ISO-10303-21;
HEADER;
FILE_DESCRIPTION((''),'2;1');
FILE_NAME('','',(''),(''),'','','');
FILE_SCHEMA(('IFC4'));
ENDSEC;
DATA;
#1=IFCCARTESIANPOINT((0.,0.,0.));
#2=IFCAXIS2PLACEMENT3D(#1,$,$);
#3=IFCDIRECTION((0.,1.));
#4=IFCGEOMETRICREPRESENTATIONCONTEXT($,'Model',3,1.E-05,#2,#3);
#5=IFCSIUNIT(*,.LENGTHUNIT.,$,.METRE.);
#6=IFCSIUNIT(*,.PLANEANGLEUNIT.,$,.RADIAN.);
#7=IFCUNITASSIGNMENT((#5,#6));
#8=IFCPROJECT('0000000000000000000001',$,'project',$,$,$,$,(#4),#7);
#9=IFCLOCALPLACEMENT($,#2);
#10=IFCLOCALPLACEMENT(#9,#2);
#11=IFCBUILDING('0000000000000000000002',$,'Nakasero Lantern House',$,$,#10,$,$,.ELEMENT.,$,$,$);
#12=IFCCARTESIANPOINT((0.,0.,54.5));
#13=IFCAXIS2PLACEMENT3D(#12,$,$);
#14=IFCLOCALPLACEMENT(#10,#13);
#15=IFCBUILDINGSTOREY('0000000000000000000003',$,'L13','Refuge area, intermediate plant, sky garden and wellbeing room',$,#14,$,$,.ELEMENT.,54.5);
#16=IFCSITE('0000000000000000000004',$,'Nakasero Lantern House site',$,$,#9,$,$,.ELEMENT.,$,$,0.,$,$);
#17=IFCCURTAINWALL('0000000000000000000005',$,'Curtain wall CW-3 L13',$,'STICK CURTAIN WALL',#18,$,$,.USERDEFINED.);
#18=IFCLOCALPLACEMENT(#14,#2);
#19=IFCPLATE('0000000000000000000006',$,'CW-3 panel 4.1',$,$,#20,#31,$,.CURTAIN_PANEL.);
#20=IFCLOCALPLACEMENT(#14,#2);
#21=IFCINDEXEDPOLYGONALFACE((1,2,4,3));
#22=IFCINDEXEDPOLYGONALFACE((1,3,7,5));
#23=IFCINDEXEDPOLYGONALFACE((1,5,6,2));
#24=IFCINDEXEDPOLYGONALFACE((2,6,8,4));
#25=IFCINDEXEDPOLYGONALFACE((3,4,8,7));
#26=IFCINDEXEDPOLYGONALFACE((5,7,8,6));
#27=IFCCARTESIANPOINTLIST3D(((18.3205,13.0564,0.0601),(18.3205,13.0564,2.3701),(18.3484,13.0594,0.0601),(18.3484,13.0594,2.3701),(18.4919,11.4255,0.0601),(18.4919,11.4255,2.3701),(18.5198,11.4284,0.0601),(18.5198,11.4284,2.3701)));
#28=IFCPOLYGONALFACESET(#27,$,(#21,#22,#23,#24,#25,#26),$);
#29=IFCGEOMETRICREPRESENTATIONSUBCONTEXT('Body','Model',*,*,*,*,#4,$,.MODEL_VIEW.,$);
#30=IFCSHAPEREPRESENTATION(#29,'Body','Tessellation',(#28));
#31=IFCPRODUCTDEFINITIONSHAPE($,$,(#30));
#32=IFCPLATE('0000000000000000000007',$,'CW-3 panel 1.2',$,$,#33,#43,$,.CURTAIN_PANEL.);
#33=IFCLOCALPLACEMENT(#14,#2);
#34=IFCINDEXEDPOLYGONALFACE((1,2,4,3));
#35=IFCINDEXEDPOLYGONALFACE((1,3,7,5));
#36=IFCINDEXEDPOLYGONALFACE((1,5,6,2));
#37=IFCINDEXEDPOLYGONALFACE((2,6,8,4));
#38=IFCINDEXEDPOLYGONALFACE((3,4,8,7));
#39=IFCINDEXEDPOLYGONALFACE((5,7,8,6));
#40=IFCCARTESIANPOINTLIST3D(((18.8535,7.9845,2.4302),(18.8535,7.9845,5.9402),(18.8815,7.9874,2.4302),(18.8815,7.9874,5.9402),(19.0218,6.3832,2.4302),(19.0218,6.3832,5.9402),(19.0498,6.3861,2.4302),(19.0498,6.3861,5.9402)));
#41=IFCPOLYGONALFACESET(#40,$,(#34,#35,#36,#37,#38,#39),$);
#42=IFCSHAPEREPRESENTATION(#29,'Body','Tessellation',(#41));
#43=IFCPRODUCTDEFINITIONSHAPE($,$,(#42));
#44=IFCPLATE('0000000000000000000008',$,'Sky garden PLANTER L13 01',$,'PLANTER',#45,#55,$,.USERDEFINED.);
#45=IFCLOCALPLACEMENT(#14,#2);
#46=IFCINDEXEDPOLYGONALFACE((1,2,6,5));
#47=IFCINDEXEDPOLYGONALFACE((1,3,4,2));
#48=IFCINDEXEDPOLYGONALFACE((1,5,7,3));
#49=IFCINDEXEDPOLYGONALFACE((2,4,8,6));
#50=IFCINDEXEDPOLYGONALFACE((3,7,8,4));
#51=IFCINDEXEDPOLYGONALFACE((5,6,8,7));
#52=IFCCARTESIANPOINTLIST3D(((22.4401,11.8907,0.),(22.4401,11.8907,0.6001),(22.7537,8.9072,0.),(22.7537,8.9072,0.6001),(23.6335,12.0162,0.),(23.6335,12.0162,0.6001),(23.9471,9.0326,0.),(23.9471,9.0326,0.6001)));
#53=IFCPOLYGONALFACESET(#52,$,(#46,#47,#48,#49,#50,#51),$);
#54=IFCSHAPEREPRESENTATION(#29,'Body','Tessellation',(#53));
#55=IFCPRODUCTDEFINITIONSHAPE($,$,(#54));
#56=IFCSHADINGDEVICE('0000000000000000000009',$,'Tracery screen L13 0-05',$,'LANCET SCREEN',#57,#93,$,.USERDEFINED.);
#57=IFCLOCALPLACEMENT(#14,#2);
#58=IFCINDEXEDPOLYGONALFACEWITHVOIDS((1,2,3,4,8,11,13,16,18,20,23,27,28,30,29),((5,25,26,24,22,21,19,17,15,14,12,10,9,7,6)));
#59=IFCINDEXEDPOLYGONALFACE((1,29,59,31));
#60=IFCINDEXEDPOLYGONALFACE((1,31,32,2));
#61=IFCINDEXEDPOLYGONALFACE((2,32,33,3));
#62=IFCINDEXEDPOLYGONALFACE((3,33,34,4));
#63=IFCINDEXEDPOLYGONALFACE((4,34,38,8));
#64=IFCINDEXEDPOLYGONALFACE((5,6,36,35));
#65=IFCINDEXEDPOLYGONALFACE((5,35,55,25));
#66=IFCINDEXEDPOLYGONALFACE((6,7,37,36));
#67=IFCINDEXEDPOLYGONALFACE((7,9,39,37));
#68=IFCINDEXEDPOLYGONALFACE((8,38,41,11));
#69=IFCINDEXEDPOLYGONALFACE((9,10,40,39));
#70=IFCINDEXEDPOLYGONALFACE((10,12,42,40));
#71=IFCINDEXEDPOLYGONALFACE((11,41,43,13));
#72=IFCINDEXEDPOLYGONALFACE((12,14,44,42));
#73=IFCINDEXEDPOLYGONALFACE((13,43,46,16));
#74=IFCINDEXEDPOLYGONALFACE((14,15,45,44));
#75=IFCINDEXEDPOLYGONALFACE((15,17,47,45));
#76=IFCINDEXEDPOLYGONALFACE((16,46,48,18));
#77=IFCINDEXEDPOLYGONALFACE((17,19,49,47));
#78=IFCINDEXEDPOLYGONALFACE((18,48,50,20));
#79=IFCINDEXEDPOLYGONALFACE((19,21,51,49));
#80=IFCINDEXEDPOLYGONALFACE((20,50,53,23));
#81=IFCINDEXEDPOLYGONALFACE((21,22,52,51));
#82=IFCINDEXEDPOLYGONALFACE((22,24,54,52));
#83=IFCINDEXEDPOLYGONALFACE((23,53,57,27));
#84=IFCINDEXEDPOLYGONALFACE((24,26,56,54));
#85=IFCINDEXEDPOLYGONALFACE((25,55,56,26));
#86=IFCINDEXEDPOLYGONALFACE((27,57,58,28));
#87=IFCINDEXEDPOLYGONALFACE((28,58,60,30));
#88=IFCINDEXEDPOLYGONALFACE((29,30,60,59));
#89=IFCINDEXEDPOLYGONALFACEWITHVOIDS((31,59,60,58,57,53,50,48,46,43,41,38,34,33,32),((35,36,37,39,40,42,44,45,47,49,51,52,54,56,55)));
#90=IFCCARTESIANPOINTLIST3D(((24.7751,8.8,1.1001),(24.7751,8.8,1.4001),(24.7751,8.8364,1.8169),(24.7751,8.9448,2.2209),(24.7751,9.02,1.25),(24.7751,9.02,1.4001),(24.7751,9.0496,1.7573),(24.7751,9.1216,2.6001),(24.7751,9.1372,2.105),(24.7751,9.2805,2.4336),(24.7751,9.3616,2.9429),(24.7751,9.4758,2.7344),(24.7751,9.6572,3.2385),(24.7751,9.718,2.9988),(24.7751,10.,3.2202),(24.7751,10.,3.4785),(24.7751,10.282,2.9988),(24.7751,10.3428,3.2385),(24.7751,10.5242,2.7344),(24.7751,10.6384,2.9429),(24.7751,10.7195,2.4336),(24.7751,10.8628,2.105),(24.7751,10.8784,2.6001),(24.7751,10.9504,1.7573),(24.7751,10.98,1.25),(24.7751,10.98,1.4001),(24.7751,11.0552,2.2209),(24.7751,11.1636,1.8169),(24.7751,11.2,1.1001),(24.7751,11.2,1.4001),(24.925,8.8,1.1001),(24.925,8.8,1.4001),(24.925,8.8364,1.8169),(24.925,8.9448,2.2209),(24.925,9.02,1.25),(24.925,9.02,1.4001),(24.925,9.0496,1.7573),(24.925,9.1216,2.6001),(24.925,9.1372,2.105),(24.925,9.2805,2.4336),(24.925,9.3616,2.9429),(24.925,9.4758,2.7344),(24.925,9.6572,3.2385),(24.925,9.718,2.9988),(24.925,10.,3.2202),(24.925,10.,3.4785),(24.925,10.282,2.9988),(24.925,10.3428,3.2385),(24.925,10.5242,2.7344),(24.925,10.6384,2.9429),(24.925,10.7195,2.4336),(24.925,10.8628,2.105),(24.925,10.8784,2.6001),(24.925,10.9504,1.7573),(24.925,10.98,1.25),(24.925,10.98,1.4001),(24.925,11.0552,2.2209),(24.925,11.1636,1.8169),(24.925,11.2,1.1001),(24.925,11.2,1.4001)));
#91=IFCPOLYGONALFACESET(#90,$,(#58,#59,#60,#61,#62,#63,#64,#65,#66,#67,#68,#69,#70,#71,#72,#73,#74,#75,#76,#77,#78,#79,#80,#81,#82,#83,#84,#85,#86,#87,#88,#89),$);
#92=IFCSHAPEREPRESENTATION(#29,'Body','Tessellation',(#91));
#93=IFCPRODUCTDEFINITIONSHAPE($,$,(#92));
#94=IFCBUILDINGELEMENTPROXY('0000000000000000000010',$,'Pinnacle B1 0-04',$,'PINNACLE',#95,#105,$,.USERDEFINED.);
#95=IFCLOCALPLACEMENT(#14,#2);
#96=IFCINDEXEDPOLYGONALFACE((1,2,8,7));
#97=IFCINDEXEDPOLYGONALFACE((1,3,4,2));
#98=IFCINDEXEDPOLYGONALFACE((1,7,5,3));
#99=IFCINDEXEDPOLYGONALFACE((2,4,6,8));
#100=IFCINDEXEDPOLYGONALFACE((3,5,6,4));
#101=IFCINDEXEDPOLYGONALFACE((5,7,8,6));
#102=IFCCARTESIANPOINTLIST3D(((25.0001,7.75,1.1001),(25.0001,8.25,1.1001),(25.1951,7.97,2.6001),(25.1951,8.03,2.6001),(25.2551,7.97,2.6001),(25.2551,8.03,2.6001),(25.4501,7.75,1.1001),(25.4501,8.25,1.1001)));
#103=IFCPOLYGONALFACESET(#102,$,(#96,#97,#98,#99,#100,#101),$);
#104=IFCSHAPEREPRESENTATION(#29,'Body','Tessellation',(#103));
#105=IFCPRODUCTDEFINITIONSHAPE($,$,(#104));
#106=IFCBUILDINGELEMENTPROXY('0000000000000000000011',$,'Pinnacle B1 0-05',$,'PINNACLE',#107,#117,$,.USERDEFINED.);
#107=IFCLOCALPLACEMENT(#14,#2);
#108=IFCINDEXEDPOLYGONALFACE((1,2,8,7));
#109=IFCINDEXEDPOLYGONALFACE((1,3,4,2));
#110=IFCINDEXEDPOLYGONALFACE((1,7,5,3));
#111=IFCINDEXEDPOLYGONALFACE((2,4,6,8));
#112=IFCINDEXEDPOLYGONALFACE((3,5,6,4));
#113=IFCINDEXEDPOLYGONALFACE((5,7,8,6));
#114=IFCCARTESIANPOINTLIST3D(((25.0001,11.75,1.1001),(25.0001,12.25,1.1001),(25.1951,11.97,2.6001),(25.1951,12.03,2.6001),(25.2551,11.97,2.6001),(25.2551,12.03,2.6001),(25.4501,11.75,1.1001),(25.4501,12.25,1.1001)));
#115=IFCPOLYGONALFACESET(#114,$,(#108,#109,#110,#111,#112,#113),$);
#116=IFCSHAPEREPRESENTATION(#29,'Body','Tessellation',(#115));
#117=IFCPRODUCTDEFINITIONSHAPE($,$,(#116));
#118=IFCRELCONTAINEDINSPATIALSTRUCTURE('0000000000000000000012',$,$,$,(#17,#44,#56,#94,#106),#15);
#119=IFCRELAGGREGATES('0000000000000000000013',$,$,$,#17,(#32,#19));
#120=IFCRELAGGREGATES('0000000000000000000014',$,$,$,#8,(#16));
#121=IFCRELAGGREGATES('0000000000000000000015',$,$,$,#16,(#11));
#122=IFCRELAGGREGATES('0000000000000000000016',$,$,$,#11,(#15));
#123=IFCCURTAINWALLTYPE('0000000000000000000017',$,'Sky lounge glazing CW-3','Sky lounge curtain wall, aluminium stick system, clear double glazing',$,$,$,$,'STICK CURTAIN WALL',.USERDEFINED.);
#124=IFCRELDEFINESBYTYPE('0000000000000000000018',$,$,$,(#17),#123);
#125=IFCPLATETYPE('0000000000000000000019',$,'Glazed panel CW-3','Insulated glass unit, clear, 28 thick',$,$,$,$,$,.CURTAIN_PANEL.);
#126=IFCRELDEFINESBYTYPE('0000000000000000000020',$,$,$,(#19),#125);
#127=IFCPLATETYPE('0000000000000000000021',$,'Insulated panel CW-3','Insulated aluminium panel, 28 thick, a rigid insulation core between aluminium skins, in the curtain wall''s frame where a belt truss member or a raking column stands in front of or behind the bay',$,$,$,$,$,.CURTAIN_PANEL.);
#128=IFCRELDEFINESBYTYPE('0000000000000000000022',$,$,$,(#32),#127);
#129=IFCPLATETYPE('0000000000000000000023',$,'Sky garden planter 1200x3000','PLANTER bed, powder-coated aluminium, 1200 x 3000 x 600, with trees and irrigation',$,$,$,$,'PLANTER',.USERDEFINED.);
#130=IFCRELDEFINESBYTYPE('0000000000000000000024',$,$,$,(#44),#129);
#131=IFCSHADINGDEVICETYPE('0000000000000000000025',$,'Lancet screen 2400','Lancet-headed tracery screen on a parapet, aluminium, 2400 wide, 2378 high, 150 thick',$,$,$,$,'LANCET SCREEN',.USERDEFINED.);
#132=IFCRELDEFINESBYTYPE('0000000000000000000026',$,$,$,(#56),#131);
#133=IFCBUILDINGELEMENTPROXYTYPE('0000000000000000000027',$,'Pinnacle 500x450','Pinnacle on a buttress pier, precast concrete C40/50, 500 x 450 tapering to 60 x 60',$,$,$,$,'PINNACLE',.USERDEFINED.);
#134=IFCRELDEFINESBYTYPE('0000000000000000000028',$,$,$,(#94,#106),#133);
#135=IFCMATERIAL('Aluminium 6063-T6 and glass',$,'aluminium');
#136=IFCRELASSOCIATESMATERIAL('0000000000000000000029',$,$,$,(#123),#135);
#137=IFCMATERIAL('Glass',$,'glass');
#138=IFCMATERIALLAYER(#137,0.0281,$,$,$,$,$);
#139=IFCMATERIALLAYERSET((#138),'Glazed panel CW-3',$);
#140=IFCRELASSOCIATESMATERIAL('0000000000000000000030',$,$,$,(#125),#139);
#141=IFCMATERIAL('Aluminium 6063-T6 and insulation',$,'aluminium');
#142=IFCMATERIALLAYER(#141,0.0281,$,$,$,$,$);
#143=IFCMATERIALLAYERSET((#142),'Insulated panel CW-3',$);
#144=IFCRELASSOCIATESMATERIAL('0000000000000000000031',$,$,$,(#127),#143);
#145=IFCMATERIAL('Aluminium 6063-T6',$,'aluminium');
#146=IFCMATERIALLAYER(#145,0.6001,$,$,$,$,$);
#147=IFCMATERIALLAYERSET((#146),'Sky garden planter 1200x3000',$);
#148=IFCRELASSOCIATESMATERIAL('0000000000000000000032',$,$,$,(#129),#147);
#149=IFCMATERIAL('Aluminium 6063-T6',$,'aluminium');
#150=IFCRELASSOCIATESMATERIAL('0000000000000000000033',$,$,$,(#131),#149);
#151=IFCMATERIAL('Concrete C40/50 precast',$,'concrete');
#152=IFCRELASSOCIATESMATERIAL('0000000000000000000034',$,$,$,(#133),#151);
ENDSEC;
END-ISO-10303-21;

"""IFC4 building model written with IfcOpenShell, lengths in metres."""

from ifc_helpers import new_model, entity, si_unit, direction, frame, origin, origin_2d, place, context, subcontext, project, spatial, polyline, rectangle, outline, extrude, material, layer, layer_set, type_object, element, aggregate, save


model = new_model("IFC4")

# Units and contexts
model_context = context("Model", 3, precision=1e-05, world=origin(), true_north=direction((0.0, 1.0)))
body_context = subcontext(model_context, "Body", "Model", "MODEL_VIEW")
ifc_project = project(units=[si_unit("LENGTHUNIT", "METRE"), si_unit("PLANEANGLEUNIT", "RADIAN")], contexts=[model_context])

# Site, building, storey
site_placement = place(None, origin())
site = spatial("IfcSite", under=ifc_project, at=site_placement, Name="Nakasero Lantern House site", CompositionType="ELEMENT", RefElevation=0.0)
building_placement = place(site_placement, origin())
building = spatial("IfcBuilding", under=site, at=building_placement, Name="Nakasero Lantern House", CompositionType="ELEMENT")
storey_placement = place(building_placement, frame((0.0, 0.0, 54.5)))
storey = spatial("IfcBuildingStorey", under=building, at=storey_placement, Name="L13", Description="Refuge area, intermediate plant, sky garden and wellbeing room", CompositionType="ELEMENT", Elevation=54.5)

# Curtain wall
ifc_material_1 = material(Name="Aluminium 6063-T6 and glass", Category="aluminium")
curtain_wall_type = type_object("IfcCurtainWallType", Name="Sky lounge glazing CW-3", Description="Sky lounge curtain wall, aluminium stick system, clear double glazing", ElementType="STICK CURTAIN WALL", PredefinedType="USERDEFINED", material=ifc_material_1)
curtain_wall_placement = place(storey_placement, origin())
curtain_wall = element("IfcCurtainWall", 1, at=curtain_wall_placement, inside=storey, type_object=curtain_wall_type, Name="Curtain wall CW-3 L13", ObjectType="STICK CURTAIN WALL", PredefinedType="USERDEFINED")

# Plates
ifc_material_2 = material(Name="Glass", Category="glass")
ifc_layer_1 = layer(ifc_material_2, 0.0281)
ifc_layer_set_1 = layer_set([ifc_layer_1], Name="Glazed panel CW-3")
plate_type_1 = type_object("IfcPlateType", Name="Glazed panel CW-3", Description="Insulated glass unit, clear, 28 thick", PredefinedType="CURTAIN_PANEL", material=ifc_layer_set_1)
plate_1_placement = place(storey_placement, frame((18.4202, 12.2424, 0.0601), z_axis=(0.0, 0.0, 1.0), x_axis=(-0.104528, 0.994522, 0.0)))
plate_1 = element("IfcPlate", 2, at=plate_1_placement, type_object=plate_type_1, Name="CW-3 panel 4.1", PredefinedType="CURTAIN_PANEL", context=body_context, shape_type="SweptSolid", body=[
    extrude(rectangle(XDim=1.6399, YDim=0.0281, at=origin_2d()), origin(), (0.0, 0.0, 1.0), 2.3101),
])
ifc_material_3 = material(Name="Aluminium 6063-T6 and insulation", Category="aluminium")
ifc_layer_2 = layer(ifc_material_3, 0.0281)
ifc_layer_set_2 = layer_set([ifc_layer_2], Name="Insulated panel CW-3")
plate_type_2 = type_object("IfcPlateType", Name="Insulated panel CW-3", Description="Insulated aluminium panel, 28 thick, a rigid insulation core between aluminium skins, in the curtain wall's frame where a belt truss member or a raking column stands in front of or behind the bay", PredefinedType="CURTAIN_PANEL", material=ifc_layer_set_2)
plate_2_placement = place(storey_placement, frame((18.9517, 7.1853, 2.4302), z_axis=(0.0, 0.0, 1.0), x_axis=(-0.104528, 0.994522, 0.0)))
plate_2 = element("IfcPlate", 3, at=plate_2_placement, type_object=plate_type_2, Name="CW-3 panel 1.2", PredefinedType="CURTAIN_PANEL", context=body_context, shape_type="SweptSolid", body=[
    extrude(rectangle(XDim=1.6101, YDim=0.0281, at=origin_2d()), origin(), (0.0, 0.0, 1.0), 3.51),
])
aggregate(curtain_wall, [plate_2, plate_1])
ifc_material_4 = material(Name="Aluminium 6063-T6", Category="aluminium")
ifc_layer_3 = layer(ifc_material_4, 0.6001)
ifc_layer_set_3 = layer_set([ifc_layer_3], Name="Sky garden planter 1200x3000")
plate_type_3 = type_object("IfcPlateType", Name="Sky garden planter 1200x3000", Description="PLANTER bed, powder-coated aluminium, 1200 x 3000 x 600, with trees and irrigation", ElementType="PLANTER", PredefinedType="USERDEFINED", material=ifc_layer_set_3)
plate_3_placement = place(storey_placement, frame((23.1936, 10.4617, 0.0), z_axis=(0.0, 0.0, 1.0), x_axis=(0.994522, 0.104528, 0.0)))
element("IfcPlate", 4, at=plate_3_placement, inside=storey, type_object=plate_type_3, Name="Sky garden PLANTER L13 01", ObjectType="PLANTER", PredefinedType="USERDEFINED", context=body_context, shape_type="SweptSolid", body=[
    extrude(rectangle(XDim=1.2, YDim=3.0, at=origin_2d()), origin(), (0.0, 0.0, 1.0), 0.6001),
])

# Shading device
ifc_material_5 = material(Name="Aluminium 6063-T6", Category="aluminium")
shading_device_type = type_object("IfcShadingDeviceType", Name="Lancet screen 2400", Description="Lancet-headed tracery screen on a parapet, aluminium, 2400 wide, 2378 high, 150 thick", ElementType="LANCET SCREEN", PredefinedType="USERDEFINED", material=ifc_material_5)
shading_device_placement = place(storey_placement, frame((24.8501, 10.0, 1.1001), z_axis=(0.0, 0.0, 1.0), x_axis=(0.0, 1.0, 0.0)))
element("IfcShadingDevice", 5, at=shading_device_placement, inside=storey, type_object=shading_device_type, Name="Tracery screen L13 0-05", ObjectType="LANCET SCREEN", PredefinedType="USERDEFINED", context=body_context, shape_type="SweptSolid", body=[
    extrude(outline(polyline([(-1.2, 0.0), (1.2, 0.0), (1.2, 0.3), (1.1636, 0.7168), (1.0552, 1.1208), (0.8784, 1.5), (0.6384, 1.8428), (0.3428, 2.1384), (0.0, 2.3784), (-0.3428, 2.1384), (-0.6384, 1.8428), (-0.8784, 1.5), (-1.0552, 1.1208), (-1.1636, 0.7168), (-1.2, 0.3), (-1.2, 0.0)]), holes=[polyline([(-0.98, 0.1499), (0.98, 0.1499), (0.98, 0.3), (0.9504, 0.6572), (0.8628, 1.0049), (0.7195, 1.3335), (0.5242, 1.6343), (0.282, 1.8987), (0.0, 2.1201), (-0.282, 1.8987), (-0.5242, 1.6343), (-0.7195, 1.3335), (-0.8628, 1.0049), (-0.9504, 0.6572), (-0.98, 0.3), (-0.98, 0.1499)])]), frame((0.0, 0.075, 0.0), z_axis=(0.0, -1.0, 0.0), x_axis=(1.0, 0.0, 0.0)), (0.0, 0.0, 1.0), 0.1499),
])

# Building element proxies
ifc_material_6 = material(Name="Concrete C40/50 precast", Category="concrete")
building_element_proxy_type = type_object("IfcBuildingElementProxyType", Name="Pinnacle 500x450", Description="Pinnacle on a buttress pier, precast concrete C40/50, 500 x 450 tapering to 60 x 60", ElementType="PINNACLE", PredefinedType="USERDEFINED", material=ifc_material_6)
for number, where, z_axis, x_axis, name in (
    (6, (25.2251, 8.0, 1.1001), (0.0, 0.0, 1.0), (1.0, 0.0, 0.0), "Pinnacle B1 0-04"),
    (7, (25.2251, 12.0, 1.1001), (0.0, 0.0, 1.0), (1.0, 0.0, 0.0), "Pinnacle B1 0-05"),
):
    element("IfcBuildingElementProxy", number, at=place(storey_placement, frame(where, z_axis=z_axis, x_axis=x_axis)), inside=storey, type_object=building_element_proxy_type, Name=name, ObjectType="PINNACLE", PredefinedType="USERDEFINED", context=body_context, shape_type="SweptSolid", body=[
        entity("IfcExtrudedAreaSolidTapered", entity("IfcRectangleProfileDef", "AREA", None, entity("IfcAxis2Placement2D", entity("IfcCartesianPoint", [0.0, 0.0])), 0.45, 0.5), entity("IfcAxis2Placement3D", entity("IfcCartesianPoint", [0.0, 0.0, 0.0])), entity("IfcDirection", [0.0, 0.0, 1.0]), 1.5, entity("IfcRectangleProfileDef", "AREA", None, entity("IfcAxis2Placement2D", entity("IfcCartesianPoint", [0.0, 0.0])), 0.0601, 0.0601)),
    ])

save(model, "model.ifc")
